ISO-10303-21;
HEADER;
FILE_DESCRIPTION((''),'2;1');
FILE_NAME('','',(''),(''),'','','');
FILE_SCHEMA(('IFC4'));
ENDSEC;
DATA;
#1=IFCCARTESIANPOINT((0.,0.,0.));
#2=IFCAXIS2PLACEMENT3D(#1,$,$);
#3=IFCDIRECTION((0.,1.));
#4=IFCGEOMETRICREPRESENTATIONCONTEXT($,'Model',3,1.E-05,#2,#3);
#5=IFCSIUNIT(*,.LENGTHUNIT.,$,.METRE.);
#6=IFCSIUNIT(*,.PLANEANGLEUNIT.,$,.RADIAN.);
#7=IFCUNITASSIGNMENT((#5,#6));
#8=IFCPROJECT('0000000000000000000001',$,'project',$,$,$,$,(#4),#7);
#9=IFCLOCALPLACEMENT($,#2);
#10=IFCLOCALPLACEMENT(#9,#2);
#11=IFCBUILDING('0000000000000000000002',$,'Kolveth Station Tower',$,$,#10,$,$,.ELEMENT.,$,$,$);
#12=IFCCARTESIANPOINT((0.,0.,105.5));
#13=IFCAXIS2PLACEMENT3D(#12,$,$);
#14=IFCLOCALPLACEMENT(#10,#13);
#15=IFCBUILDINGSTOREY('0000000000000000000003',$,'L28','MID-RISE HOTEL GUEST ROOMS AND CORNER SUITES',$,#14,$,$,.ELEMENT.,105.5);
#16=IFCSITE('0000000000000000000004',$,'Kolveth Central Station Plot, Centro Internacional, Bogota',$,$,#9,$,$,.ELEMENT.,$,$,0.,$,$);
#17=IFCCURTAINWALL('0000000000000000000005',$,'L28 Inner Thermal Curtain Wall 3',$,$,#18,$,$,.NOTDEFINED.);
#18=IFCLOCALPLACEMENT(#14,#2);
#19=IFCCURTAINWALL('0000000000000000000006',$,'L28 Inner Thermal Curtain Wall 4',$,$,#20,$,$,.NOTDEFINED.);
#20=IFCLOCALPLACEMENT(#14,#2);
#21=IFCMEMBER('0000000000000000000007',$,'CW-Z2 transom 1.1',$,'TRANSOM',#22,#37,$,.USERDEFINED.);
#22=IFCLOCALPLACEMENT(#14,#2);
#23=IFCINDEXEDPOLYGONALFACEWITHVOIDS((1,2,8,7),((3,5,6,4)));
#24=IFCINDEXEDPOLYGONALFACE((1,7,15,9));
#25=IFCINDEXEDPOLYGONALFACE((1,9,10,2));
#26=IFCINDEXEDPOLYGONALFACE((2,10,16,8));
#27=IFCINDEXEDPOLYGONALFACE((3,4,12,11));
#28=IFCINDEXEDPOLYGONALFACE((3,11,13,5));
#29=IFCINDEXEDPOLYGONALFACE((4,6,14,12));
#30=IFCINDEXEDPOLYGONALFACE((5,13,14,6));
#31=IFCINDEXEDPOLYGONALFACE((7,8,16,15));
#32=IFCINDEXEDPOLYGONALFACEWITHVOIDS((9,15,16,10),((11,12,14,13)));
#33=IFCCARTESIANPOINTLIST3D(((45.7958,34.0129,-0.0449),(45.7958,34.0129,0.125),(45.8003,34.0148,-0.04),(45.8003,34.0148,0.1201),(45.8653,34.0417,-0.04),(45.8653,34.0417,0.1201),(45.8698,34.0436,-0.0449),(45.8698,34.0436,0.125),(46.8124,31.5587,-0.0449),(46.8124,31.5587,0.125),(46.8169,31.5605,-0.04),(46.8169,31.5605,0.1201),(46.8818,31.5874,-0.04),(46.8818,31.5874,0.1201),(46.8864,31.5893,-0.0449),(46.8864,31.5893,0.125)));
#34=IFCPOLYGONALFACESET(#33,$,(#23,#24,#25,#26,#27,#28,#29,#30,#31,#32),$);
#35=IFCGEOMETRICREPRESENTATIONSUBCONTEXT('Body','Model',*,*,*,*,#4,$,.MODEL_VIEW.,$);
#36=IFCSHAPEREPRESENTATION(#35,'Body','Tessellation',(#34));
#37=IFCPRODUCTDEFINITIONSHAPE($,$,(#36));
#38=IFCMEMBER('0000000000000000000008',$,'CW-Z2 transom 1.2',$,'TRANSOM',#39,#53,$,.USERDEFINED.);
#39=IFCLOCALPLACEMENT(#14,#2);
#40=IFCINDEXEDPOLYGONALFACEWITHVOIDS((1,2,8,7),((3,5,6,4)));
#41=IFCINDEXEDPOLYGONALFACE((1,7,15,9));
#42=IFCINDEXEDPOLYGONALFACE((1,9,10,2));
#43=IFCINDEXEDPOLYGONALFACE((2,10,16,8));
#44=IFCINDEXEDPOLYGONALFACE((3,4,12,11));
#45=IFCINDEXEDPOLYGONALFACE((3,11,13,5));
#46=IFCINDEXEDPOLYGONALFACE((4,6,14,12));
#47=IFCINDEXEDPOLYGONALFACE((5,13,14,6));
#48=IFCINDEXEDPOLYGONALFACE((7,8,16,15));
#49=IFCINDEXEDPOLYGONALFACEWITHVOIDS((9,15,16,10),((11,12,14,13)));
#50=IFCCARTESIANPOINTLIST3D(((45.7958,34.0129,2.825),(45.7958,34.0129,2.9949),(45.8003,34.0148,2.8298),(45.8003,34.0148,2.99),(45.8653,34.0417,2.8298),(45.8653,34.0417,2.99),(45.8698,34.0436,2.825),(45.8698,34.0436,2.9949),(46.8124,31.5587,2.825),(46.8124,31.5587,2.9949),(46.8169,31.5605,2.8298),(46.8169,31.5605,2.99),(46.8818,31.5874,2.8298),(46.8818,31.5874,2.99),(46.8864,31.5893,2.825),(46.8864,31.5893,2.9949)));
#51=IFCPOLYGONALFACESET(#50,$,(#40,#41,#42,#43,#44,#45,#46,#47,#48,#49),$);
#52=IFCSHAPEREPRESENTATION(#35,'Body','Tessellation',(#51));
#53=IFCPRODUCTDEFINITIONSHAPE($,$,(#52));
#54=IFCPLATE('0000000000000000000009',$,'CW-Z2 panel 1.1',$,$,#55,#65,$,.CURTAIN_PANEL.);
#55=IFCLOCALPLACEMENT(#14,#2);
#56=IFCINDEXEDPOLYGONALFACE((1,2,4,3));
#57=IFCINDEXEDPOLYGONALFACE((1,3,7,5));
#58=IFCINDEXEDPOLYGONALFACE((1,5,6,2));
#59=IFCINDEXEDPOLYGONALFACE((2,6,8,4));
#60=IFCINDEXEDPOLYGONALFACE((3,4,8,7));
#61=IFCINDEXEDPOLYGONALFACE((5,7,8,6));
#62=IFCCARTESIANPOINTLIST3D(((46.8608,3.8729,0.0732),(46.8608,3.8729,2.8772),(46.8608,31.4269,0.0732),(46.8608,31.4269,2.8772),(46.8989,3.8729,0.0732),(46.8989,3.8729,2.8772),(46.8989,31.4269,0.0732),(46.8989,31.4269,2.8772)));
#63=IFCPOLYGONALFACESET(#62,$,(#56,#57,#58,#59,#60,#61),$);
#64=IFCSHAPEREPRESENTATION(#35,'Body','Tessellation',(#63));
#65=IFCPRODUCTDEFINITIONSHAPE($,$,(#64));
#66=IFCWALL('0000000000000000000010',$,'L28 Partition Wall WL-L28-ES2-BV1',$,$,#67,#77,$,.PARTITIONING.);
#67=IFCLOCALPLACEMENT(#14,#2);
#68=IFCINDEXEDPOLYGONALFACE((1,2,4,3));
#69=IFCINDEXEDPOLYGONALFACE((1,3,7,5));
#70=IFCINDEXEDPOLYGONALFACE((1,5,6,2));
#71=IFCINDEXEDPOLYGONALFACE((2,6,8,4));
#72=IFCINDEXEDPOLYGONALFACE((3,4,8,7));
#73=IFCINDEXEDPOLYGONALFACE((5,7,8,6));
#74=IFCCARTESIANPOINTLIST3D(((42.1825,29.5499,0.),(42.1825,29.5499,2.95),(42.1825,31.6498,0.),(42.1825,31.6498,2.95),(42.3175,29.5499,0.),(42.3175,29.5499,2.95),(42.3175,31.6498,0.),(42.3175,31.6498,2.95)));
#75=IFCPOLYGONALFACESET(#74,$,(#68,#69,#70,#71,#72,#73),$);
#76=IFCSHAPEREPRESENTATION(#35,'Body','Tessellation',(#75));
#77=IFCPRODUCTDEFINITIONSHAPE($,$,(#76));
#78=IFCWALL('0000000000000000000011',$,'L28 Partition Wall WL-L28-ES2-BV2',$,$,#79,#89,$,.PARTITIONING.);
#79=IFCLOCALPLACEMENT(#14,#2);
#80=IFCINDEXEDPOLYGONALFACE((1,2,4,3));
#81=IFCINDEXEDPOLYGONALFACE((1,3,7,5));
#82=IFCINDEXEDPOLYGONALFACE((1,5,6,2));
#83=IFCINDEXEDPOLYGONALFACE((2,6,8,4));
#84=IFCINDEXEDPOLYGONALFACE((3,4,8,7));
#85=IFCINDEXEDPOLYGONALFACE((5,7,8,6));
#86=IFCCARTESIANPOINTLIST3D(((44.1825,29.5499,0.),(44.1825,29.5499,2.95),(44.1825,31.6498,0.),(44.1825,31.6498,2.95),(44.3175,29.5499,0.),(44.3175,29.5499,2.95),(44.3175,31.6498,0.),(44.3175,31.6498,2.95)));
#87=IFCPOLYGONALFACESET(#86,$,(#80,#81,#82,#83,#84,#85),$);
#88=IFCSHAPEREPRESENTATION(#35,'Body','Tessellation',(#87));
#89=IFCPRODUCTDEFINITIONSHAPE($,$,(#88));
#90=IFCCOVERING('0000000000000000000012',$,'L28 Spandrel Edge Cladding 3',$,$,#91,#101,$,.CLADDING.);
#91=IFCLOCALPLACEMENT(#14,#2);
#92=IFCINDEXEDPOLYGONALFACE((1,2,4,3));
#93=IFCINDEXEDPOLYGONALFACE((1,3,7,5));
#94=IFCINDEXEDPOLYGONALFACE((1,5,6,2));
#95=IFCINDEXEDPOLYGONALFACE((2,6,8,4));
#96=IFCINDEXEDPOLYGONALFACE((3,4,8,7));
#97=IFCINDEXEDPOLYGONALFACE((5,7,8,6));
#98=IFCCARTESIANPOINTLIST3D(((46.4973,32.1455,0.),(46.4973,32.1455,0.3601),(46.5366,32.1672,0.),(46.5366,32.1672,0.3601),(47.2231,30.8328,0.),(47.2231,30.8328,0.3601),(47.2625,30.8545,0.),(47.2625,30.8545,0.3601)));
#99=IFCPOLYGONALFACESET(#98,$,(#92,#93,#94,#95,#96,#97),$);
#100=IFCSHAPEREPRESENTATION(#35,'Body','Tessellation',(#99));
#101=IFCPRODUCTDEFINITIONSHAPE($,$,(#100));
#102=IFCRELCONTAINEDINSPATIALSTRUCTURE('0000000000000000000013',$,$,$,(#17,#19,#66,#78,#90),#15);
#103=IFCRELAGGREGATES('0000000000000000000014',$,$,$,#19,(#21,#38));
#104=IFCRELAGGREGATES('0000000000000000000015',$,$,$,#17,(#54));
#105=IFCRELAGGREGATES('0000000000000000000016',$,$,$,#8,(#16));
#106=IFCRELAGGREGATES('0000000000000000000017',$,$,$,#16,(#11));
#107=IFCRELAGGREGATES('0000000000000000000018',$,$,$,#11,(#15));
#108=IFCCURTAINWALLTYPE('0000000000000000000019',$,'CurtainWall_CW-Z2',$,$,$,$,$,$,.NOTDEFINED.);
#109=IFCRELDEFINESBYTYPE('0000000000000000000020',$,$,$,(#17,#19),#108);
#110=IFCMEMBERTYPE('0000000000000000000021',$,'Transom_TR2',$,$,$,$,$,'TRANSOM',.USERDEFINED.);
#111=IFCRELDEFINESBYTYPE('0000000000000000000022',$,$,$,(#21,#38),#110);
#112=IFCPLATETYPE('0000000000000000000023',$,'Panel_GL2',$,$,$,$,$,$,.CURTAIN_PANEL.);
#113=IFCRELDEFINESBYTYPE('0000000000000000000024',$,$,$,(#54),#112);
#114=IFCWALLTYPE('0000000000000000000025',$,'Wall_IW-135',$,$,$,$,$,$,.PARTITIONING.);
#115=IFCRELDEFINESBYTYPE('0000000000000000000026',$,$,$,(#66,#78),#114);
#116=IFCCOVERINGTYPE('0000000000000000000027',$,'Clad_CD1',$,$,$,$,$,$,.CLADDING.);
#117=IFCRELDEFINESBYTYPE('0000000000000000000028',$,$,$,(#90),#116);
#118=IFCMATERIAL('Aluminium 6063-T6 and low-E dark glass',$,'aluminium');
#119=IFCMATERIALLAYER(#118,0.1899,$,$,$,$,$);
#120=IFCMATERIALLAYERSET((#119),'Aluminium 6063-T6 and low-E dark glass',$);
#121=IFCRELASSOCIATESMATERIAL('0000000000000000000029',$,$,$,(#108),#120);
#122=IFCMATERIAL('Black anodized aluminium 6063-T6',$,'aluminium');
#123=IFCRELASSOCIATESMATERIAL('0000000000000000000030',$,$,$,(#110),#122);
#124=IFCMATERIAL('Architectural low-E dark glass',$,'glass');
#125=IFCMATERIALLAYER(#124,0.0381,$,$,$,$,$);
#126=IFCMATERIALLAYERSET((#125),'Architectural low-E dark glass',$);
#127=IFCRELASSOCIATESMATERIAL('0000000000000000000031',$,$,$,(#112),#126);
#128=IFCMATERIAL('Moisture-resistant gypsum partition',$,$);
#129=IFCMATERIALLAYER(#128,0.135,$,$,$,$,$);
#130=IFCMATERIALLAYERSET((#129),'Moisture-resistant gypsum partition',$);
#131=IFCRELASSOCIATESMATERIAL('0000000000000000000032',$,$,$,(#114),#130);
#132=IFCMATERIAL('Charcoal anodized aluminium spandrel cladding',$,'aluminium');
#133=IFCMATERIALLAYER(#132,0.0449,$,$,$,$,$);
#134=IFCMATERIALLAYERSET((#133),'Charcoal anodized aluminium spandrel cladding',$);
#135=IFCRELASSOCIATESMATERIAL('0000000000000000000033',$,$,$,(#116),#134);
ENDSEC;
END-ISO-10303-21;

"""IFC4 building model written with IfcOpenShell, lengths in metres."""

from ifc_helpers import new_model, si_unit, direction, frame, frame_2d, origin, origin_2d, place, context, subcontext, project, spatial, rectangle, hollow_rectangle, extrude, source, transform, mapped, material, layer, layer_set, material_profile, profile_set, type_object, element, aggregate, save


model = new_model("IFC4")

# Units and contexts
model_context = context("Model", 3, precision=1e-05, world=origin(), true_north=direction((0.0, 1.0)))
body_context = subcontext(model_context, "Body", "Model", "MODEL_VIEW")
ifc_project = project(units=[si_unit("LENGTHUNIT", "METRE"), si_unit("PLANEANGLEUNIT", "RADIAN")], contexts=[model_context])

# Site, building, storey
site_placement = place(None, origin())
site = spatial("IfcSite", under=ifc_project, at=site_placement, Name="Kolveth Central Station Plot, Centro Internacional, Bogota", CompositionType="ELEMENT", RefElevation=0.0)
building_placement = place(site_placement, origin())
building = spatial("IfcBuilding", under=site, at=building_placement, Name="Kolveth Station Tower", CompositionType="ELEMENT")
storey_placement = place(building_placement, frame((0.0, 0.0, 105.5)))
storey = spatial("IfcBuildingStorey", under=building, at=storey_placement, Name="L28", Description="MID-RISE HOTEL GUEST ROOMS AND CORNER SUITES", CompositionType="ELEMENT", Elevation=105.5)

# Curtain wall
ifc_material_1 = material(Name="Aluminium 6063-T6 and low-E dark glass", Category="aluminium")
ifc_layer_1 = layer(ifc_material_1, 0.1899)
ifc_layer_set_1 = layer_set([ifc_layer_1], Name="Aluminium 6063-T6 and low-E dark glass")
curtain_wall_type = type_object("IfcCurtainWallType", Name="CurtainWall_CW-Z2", PredefinedType="NOTDEFINED", material=ifc_layer_set_1)
curtain_wall_1_placement = place(storey_placement, origin())
curtain_wall_1 = element("IfcCurtainWall", 1, at=curtain_wall_1_placement, inside=storey, type_object=curtain_wall_type, Name="L28 Inner Thermal Curtain Wall 3", PredefinedType="NOTDEFINED")
ifc_material_2 = material(Name="Black anodized aluminium 6063-T6", Category="aluminium")

# Curtain wall, members
curtain_wall_2_placement = place(storey_placement, origin())
curtain_wall_2 = element("IfcCurtainWall", 2, at=curtain_wall_2_placement, inside=storey, type_object=curtain_wall_type, Name="L28 Inner Thermal Curtain Wall 4", PredefinedType="NOTDEFINED")
ifc_material_profile_1 = material_profile(ifc_material_2, hollow_rectangle(XDim=0.0801, YDim=0.1699, WallThickness=0.0049, at=origin_2d()), Name="ALU-80x170x5")
ifc_profile_set_1 = profile_set([ifc_material_profile_1], Name="Black anodized aluminium 6063-T6")
member_type_1 = type_object("IfcMemberType", Name="Transom_TR2", ElementType="TRANSOM", PredefinedType="USERDEFINED", material=ifc_profile_set_1)
shared_shape_1 = source(origin(), body_context, "Body", "SweptSolid", [
    extrude(hollow_rectangle(XDim=0.0801, YDim=0.1699, WallThickness=0.0049, at=origin_2d()), origin(), (0.0, 0.0, 1.0), 2.6565),
])
member_1_placement = place(storey_placement, frame((46.8494, 31.574, 0.04), z_axis=(-0.382676, 0.923882, 0.0), x_axis=(-0.923882, -0.382676, 0.0)))
member_1 = element("IfcMember", 3, at=member_1_placement, type_object=member_type_1, Name="CW-Z2 transom 1.1", ObjectType="TRANSOM", PredefinedType="USERDEFINED", context=body_context, shape_type="MappedRepresentation", body=[
    mapped(shared_shape_1, transform((0.0, 0.0, 0.0), x_axis=(1.0, 0.0, 0.0), y_axis=(0.0, 1.0, 0.0), z_axis=(0.0, 0.0, 1.0), scale=1.0)),
])
member_2_placement = place(storey_placement, frame((46.8494, 31.574, 2.9099), z_axis=(-0.382676, 0.923882, 0.0), x_axis=(-0.923882, -0.382676, 0.0)))
member_2 = element("IfcMember", 4, at=member_2_placement, type_object=member_type_1, Name="CW-Z2 transom 1.2", ObjectType="TRANSOM", PredefinedType="USERDEFINED", context=body_context, shape_type="MappedRepresentation", body=[
    mapped(shared_shape_1, transform((0.0, 0.0, 0.0), x_axis=(1.0, 0.0, 0.0), y_axis=(0.0, 1.0, 0.0), z_axis=(0.0, 0.0, 1.0), scale=1.0)),
])
aggregate(curtain_wall_2, [member_1, member_2])

# Plate
ifc_material_3 = material(Name="Architectural low-E dark glass", Category="glass")
ifc_layer_2 = layer(ifc_material_3, 0.0381)
ifc_layer_set_2 = layer_set([ifc_layer_2], Name="Architectural low-E dark glass")
plate_type = type_object("IfcPlateType", Name="Panel_GL2", PredefinedType="CURTAIN_PANEL", material=ifc_layer_set_2)
shared_shape_2 = source(origin(), body_context, "Body", "SweptSolid", [
    extrude(rectangle(XDim=27.554, YDim=0.0381, at=origin_2d()), origin(), (0.0, 0.0, 1.0), 2.804),
])
plate_placement = place(storey_placement, frame((46.8799, 17.6499, 0.0732), z_axis=(0.0, 0.0, 1.0), x_axis=(0.0, 1.0, 0.0)))
plate = element("IfcPlate", 5, at=plate_placement, type_object=plate_type, Name="CW-Z2 panel 1.1", PredefinedType="CURTAIN_PANEL", context=body_context, shape_type="MappedRepresentation", body=[
    mapped(shared_shape_2, transform((0.0, 0.0, 0.0), x_axis=(1.0, 0.0, 0.0), y_axis=(0.0, 1.0, 0.0), z_axis=(0.0, 0.0, 1.0), scale=1.0)),
])
aggregate(curtain_wall_1, [plate])

# Walls
ifc_material_4 = material(Name="Moisture-resistant gypsum partition")
ifc_layer_3 = layer(ifc_material_4, 0.135)
ifc_layer_set_3 = layer_set([ifc_layer_3], Name="Moisture-resistant gypsum partition")
wall_type = type_object("IfcWallType", Name="Wall_IW-135", PredefinedType="PARTITIONING", material=ifc_layer_set_3)
for number, where, z_axis, x_axis, name in (
    (6, (42.25, 29.55, 0.0), (0.0, 0.0, 1.0), (0.0, 1.0, 0.0), "L28 Partition Wall WL-L28-ES2-BV1"),
    (7, (44.25, 29.55, 0.0), (0.0, 0.0, 1.0), (0.0, 1.0, 0.0), "L28 Partition Wall WL-L28-ES2-BV2"),
):
    element("IfcWall", number, at=place(storey_placement, frame(where, z_axis=z_axis, x_axis=x_axis)), inside=storey, type_object=wall_type, Name=name, PredefinedType="PARTITIONING", context=body_context, shape_type="SweptSolid", body=[
        extrude(rectangle(XDim=2.0999, YDim=0.135, at=frame_2d((1.0498, 0.0))), origin(), (0.0, 0.0, 1.0), 2.95),
    ])

# Covering
ifc_material_5 = material(Name="Charcoal anodized aluminium spandrel cladding", Category="aluminium")
ifc_layer_4 = layer(ifc_material_5, 0.0449)
ifc_layer_set_4 = layer_set([ifc_layer_4], Name="Charcoal anodized aluminium spandrel cladding")
covering_type = type_object("IfcCoveringType", Name="Clad_CD1", PredefinedType="CLADDING", material=ifc_layer_set_4)
shared_shape_3 = source(origin(), body_context, "Body", "SweptSolid", [
    extrude(rectangle(XDim=1.5, YDim=0.0449, at=origin_2d()), origin(), (0.0, 0.0, 1.0), 0.3601),
])
covering_placement = place(storey_placement, frame((46.8799, 31.5, 0.0), z_axis=(0.0, 0.0, 1.0), x_axis=(-0.483893, 0.875127, 0.0)))
element("IfcCovering", 8, at=covering_placement, inside=storey, type_object=covering_type, Name="L28 Spandrel Edge Cladding 3", PredefinedType="CLADDING", context=body_context, shape_type="MappedRepresentation", body=[
    mapped(shared_shape_3, transform((0.0, 0.0, 0.0), x_axis=(1.0, 0.0, 0.0), y_axis=(0.0, 1.0, 0.0), z_axis=(0.0, 0.0, 1.0), scale=1.0)),
])

save(model, "model.ifc")
